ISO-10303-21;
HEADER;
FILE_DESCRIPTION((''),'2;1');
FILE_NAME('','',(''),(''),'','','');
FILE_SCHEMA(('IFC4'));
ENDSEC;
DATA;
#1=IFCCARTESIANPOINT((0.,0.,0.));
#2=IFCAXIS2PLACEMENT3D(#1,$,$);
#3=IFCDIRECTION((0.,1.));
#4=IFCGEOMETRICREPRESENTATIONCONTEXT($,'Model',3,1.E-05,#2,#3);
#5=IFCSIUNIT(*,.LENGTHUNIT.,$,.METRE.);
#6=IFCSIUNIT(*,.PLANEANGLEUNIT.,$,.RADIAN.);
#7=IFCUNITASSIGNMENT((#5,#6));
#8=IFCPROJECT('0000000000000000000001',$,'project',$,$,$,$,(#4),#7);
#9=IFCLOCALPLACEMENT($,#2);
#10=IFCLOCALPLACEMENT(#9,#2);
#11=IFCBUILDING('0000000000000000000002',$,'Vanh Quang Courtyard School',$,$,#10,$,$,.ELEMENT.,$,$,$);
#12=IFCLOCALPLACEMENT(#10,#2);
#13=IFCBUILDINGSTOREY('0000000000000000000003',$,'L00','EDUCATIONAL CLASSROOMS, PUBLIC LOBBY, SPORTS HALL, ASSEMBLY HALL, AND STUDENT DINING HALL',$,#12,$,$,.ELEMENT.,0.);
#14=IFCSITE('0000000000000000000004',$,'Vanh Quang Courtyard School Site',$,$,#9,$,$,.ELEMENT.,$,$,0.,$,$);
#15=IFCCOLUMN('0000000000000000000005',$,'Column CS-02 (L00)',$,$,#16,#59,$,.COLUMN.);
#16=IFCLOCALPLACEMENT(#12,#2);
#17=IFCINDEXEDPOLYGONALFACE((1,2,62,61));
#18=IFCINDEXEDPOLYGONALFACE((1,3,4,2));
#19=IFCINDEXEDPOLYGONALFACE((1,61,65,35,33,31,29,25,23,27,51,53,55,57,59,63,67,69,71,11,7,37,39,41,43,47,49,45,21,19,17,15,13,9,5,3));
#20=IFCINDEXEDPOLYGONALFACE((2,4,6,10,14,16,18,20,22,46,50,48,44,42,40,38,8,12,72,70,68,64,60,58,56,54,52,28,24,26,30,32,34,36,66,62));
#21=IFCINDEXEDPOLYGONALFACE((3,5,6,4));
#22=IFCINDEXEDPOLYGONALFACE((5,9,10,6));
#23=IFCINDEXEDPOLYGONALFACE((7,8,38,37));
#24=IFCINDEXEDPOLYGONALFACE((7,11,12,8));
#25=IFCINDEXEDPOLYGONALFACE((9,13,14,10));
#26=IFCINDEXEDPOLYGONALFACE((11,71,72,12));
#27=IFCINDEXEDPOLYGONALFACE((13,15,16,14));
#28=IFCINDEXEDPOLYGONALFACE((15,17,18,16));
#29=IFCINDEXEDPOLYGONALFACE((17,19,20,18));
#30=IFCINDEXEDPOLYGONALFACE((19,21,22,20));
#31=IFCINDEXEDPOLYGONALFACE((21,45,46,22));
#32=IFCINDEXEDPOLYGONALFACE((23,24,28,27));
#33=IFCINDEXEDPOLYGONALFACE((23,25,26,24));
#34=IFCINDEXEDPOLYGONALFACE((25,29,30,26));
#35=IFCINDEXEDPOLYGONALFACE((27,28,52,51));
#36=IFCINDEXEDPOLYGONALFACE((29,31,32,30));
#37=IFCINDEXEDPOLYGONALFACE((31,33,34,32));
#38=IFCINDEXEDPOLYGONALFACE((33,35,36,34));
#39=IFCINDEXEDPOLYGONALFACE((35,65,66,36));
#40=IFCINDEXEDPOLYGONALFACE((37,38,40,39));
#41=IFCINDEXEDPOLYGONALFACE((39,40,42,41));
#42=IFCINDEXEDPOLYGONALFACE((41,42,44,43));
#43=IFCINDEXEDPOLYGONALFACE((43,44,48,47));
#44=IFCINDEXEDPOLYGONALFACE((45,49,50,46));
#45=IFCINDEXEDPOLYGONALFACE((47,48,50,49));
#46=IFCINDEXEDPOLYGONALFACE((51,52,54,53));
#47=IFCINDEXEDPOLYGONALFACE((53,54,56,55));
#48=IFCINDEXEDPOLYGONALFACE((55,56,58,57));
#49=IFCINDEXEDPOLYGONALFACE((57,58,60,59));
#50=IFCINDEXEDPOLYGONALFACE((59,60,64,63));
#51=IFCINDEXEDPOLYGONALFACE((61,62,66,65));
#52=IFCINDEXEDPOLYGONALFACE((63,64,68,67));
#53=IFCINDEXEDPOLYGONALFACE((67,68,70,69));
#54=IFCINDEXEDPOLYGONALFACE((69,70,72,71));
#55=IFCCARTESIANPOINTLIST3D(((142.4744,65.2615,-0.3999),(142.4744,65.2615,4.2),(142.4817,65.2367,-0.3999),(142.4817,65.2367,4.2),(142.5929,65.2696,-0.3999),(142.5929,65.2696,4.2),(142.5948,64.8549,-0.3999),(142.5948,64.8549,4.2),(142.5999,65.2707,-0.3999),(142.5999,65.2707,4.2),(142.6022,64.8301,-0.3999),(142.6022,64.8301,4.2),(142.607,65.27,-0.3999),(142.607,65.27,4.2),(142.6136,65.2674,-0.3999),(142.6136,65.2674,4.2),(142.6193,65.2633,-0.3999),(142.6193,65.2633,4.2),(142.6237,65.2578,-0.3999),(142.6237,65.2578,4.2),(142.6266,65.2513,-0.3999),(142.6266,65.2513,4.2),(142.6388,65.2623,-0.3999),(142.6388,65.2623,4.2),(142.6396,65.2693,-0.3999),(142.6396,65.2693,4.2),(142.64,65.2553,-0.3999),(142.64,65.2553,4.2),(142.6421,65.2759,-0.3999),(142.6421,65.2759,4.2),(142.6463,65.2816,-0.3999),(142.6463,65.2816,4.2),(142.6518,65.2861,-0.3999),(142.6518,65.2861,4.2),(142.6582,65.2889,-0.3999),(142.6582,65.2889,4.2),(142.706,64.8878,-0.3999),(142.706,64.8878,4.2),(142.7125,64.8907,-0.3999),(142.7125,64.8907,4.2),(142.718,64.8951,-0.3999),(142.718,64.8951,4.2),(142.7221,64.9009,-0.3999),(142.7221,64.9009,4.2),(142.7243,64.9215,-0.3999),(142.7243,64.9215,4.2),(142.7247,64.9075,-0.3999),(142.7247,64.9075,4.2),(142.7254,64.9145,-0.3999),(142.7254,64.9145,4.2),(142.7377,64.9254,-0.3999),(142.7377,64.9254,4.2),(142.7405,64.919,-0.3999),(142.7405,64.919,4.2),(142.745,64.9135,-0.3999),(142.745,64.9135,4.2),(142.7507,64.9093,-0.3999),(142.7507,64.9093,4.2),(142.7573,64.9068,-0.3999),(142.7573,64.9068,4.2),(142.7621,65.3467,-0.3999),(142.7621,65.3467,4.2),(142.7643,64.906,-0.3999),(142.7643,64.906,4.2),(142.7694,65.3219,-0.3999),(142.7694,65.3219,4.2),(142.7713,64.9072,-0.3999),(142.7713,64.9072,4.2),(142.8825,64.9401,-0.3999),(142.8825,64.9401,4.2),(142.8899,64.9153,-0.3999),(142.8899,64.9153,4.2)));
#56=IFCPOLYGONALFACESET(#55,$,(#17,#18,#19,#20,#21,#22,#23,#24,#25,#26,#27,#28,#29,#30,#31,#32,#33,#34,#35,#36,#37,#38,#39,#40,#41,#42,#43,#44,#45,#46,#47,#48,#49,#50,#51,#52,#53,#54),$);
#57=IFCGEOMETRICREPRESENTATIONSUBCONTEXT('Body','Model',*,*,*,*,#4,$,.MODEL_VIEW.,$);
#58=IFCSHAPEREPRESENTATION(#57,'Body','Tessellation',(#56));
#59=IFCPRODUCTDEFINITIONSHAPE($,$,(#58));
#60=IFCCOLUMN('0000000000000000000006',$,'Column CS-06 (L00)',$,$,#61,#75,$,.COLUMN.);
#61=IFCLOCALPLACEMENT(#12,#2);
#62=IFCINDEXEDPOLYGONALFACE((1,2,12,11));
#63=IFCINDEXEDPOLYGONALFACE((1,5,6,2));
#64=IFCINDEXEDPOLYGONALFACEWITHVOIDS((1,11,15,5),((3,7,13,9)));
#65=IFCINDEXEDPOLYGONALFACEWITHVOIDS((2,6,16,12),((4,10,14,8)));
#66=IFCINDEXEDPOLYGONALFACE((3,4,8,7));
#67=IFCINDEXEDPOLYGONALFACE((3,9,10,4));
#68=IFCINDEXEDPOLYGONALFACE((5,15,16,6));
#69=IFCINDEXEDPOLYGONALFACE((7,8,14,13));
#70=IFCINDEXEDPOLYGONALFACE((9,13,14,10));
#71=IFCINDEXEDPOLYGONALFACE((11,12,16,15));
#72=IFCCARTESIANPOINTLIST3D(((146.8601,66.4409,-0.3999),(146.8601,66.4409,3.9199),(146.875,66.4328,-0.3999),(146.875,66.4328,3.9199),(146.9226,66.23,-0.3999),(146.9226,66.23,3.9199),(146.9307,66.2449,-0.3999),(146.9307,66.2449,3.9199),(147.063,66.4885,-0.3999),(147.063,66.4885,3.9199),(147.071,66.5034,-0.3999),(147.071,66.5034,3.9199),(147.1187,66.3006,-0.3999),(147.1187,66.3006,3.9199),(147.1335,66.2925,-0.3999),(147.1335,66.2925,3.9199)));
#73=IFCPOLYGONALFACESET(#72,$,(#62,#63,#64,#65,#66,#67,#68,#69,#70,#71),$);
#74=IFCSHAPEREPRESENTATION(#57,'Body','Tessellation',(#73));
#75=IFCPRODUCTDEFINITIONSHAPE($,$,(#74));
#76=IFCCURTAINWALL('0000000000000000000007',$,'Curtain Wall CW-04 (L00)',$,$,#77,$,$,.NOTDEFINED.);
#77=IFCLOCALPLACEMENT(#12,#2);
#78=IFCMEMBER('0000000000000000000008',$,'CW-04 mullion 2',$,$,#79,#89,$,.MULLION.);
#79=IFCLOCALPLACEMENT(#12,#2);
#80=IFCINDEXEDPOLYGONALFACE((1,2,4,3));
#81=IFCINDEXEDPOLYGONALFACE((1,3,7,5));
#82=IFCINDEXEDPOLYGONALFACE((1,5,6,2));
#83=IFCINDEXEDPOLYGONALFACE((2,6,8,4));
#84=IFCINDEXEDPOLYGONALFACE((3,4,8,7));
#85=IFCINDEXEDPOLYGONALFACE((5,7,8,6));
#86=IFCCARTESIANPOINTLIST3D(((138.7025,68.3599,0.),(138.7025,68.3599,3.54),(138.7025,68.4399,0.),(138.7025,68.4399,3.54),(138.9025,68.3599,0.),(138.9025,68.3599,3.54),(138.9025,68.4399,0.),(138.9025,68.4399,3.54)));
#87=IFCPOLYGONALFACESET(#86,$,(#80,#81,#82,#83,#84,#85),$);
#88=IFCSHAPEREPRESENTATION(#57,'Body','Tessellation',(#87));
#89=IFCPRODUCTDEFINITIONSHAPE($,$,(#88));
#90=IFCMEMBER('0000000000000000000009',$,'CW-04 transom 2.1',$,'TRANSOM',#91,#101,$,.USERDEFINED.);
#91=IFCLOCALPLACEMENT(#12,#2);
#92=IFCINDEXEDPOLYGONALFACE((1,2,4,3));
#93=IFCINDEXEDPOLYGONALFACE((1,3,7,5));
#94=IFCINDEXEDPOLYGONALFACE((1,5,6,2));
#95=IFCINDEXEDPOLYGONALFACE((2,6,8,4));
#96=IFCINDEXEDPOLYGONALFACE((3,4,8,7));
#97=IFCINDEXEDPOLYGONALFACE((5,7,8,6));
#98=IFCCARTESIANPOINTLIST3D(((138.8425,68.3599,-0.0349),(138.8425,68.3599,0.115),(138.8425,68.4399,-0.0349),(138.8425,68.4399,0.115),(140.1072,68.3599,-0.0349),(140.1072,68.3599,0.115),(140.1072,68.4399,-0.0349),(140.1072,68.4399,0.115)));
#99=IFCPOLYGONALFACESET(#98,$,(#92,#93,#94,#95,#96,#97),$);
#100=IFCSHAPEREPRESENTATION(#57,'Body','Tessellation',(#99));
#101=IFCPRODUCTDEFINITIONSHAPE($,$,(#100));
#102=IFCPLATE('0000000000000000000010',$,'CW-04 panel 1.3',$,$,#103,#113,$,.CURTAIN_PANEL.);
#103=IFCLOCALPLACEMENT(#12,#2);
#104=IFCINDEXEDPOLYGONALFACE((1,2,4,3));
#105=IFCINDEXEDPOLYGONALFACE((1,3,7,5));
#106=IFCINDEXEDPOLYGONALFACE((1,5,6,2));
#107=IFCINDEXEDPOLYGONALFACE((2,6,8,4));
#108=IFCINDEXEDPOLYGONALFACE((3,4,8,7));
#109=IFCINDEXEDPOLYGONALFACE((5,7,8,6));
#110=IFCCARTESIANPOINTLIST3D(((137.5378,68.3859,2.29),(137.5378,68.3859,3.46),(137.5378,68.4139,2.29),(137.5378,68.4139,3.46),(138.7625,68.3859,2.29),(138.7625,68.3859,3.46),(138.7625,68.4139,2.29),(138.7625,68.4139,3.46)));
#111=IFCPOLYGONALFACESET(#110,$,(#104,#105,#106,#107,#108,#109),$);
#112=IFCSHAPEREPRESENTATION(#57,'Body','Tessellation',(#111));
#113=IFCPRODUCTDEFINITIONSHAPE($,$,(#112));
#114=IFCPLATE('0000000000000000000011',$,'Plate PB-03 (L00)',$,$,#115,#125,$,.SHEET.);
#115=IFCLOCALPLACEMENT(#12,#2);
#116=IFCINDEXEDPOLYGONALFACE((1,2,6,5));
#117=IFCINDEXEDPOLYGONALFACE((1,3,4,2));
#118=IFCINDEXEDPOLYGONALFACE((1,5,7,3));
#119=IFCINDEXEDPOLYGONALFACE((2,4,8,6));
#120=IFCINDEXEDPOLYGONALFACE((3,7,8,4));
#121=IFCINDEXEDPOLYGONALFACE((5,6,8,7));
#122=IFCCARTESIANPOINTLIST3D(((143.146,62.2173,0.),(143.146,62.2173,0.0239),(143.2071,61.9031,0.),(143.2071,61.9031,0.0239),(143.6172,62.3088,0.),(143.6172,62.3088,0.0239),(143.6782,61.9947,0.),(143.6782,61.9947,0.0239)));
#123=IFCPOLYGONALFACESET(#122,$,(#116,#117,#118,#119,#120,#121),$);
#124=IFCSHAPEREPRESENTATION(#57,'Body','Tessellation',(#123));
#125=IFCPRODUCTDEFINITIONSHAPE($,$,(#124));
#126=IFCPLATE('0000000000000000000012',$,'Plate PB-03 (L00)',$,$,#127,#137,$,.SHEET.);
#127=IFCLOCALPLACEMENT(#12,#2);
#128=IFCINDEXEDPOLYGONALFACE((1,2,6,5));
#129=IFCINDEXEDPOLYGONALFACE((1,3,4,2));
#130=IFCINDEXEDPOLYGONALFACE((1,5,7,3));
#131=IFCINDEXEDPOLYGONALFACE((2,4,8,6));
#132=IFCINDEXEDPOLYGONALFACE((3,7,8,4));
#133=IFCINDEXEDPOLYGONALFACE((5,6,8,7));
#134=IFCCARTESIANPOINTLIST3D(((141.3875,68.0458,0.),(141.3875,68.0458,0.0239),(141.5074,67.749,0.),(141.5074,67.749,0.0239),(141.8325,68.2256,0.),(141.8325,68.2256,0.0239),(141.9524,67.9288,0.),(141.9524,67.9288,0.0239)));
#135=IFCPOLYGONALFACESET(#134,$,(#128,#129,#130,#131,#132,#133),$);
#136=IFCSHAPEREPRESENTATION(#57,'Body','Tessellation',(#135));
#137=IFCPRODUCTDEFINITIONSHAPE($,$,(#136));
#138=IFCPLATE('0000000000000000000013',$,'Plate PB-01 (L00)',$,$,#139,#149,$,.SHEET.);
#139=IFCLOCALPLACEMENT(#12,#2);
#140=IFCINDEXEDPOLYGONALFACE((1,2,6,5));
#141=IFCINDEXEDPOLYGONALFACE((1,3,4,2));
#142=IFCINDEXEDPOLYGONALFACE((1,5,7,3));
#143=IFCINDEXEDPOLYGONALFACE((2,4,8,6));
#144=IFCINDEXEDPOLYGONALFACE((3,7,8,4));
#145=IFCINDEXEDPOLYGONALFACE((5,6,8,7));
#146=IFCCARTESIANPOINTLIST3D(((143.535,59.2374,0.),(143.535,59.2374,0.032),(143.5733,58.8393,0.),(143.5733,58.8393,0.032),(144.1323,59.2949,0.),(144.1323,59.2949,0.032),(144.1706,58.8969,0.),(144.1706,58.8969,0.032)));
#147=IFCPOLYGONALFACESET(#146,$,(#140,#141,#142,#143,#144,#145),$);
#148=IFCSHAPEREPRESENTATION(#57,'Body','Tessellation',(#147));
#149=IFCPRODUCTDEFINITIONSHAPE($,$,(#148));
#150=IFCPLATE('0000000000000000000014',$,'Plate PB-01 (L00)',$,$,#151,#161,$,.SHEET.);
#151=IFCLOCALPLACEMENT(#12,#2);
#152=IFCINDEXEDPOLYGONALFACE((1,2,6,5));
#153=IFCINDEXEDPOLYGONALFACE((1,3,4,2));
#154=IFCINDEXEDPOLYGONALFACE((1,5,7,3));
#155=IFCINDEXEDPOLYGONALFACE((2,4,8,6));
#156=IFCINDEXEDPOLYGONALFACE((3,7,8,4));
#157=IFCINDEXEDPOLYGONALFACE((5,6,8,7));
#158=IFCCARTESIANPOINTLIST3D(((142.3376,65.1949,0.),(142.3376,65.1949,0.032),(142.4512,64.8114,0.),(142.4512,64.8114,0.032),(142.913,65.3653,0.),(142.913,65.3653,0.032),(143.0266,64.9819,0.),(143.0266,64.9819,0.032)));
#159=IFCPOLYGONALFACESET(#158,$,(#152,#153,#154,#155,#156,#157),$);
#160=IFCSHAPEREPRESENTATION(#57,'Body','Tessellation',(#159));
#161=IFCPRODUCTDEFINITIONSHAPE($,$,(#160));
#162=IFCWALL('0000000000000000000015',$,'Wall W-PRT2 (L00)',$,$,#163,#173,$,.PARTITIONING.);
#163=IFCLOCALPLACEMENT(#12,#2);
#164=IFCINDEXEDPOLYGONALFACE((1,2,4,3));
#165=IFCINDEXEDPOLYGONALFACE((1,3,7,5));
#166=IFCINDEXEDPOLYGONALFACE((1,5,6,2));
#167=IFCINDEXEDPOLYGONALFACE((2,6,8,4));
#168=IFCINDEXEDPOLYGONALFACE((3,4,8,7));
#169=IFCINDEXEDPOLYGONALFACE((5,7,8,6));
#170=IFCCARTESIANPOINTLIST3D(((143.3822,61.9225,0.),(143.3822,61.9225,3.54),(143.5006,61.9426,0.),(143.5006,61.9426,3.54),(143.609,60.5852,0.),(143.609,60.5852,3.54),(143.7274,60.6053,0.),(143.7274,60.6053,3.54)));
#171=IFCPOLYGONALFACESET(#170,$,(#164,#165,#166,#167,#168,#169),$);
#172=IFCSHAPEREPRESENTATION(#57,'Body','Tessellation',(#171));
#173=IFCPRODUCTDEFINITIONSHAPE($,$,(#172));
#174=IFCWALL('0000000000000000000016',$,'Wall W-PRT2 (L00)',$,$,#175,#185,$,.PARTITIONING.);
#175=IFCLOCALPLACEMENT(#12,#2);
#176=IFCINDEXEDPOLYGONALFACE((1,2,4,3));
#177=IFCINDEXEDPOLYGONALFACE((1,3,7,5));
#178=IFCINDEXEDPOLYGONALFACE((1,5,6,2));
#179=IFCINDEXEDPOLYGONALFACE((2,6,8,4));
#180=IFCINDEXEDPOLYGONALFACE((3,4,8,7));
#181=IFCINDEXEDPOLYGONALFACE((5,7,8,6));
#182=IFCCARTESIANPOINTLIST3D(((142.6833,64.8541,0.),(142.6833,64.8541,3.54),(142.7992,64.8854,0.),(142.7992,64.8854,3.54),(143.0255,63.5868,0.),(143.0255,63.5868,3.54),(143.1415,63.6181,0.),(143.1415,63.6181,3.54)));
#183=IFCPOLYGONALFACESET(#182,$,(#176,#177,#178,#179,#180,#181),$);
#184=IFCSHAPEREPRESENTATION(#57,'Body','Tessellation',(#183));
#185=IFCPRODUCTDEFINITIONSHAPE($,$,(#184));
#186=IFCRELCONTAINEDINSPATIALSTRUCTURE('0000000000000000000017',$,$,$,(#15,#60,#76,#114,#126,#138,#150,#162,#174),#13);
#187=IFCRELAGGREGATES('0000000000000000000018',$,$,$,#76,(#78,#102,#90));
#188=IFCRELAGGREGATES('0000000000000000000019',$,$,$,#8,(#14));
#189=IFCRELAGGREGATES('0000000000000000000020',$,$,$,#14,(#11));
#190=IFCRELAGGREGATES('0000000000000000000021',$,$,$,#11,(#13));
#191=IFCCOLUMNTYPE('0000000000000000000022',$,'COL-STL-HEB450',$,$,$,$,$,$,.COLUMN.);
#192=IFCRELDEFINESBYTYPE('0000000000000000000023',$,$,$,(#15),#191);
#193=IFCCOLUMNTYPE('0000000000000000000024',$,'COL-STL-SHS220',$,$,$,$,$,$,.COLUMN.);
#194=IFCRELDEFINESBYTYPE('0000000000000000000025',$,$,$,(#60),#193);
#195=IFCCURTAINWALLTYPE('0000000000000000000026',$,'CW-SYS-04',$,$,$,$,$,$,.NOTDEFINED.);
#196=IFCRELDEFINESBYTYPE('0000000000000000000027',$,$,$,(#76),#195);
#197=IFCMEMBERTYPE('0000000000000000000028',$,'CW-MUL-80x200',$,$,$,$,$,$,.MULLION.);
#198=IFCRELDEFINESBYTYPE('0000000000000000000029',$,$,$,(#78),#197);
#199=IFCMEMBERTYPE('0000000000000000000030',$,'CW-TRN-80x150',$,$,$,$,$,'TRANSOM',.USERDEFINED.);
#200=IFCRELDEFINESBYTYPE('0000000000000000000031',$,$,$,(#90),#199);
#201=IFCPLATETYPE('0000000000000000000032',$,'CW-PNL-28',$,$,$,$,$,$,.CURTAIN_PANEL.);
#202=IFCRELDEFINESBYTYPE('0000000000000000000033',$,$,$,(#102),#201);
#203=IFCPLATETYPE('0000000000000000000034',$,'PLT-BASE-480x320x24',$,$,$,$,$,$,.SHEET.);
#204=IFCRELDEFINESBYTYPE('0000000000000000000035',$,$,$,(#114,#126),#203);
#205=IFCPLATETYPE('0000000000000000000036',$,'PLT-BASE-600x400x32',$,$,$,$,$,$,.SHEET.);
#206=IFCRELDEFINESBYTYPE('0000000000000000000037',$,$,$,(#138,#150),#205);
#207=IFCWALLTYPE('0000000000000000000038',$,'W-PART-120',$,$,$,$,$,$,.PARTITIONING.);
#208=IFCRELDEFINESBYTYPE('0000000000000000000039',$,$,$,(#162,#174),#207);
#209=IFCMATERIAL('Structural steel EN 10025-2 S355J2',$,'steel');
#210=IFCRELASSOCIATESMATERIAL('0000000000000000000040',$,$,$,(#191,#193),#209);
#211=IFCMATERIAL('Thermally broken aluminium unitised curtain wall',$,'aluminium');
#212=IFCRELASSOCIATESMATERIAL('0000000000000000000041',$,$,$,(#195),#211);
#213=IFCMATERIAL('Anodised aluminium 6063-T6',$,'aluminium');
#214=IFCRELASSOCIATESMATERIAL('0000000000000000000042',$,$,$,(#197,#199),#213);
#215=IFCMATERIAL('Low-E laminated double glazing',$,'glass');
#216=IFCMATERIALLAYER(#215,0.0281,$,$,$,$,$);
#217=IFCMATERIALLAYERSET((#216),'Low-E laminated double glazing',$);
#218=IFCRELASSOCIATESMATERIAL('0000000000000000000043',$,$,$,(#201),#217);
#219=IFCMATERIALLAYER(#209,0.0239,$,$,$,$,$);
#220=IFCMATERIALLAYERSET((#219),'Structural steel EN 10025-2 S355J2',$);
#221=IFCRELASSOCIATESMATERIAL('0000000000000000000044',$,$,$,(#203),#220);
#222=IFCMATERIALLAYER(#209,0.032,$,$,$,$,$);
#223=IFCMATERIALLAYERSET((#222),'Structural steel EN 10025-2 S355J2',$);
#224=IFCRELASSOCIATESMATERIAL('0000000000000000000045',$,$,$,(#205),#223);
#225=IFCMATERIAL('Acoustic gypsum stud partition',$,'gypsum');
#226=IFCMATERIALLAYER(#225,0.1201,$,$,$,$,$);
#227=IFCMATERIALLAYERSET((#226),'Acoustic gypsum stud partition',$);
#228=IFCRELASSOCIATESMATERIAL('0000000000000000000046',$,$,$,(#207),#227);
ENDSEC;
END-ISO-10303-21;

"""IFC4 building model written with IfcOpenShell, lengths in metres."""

from ifc_helpers import new_model, si_unit, direction, frame, frame_2d, origin, origin_2d, place, context, subcontext, project, spatial, rectangle, hollow_rectangle, i_section, extrude, material, layer, layer_set, material_profile, profile_set, type_object, element, aggregate, save


model = new_model("IFC4")

# Units and contexts
model_context = context("Model", 3, precision=1e-05, world=origin(), true_north=direction((0.0, 1.0)))
body_context = subcontext(model_context, "Body", "Model", "MODEL_VIEW")
ifc_project = project(units=[si_unit("LENGTHUNIT", "METRE"), si_unit("PLANEANGLEUNIT", "RADIAN")], contexts=[model_context])

# Site, building, storey
site_placement = place(None, origin())
site = spatial("IfcSite", under=ifc_project, at=site_placement, Name="Vanh Quang Courtyard School Site", CompositionType="ELEMENT", RefElevation=0.0)
building_placement = place(site_placement, origin())
building = spatial("IfcBuilding", under=site, at=building_placement, Name="Vanh Quang Courtyard School", CompositionType="ELEMENT")
storey_placement = place(building_placement, origin())
storey = spatial("IfcBuildingStorey", under=building, at=storey_placement, Name="L00", Description="EDUCATIONAL CLASSROOMS, PUBLIC LOBBY, SPORTS HALL, ASSEMBLY HALL, AND STUDENT DINING HALL", CompositionType="ELEMENT", Elevation=0.0)

# Columns
ifc_material_1 = material(Name="Structural steel EN 10025-2 S355J2", Category="steel")
ifc_material_profile_1 = material_profile(ifc_material_1, i_section(OverallWidth=0.3, OverallDepth=0.45, WebThickness=0.0139, FlangeThickness=0.0259, FilletRadius=0.0271, at=origin_2d()), Name="HEB 450")
ifc_profile_set_1 = profile_set([ifc_material_profile_1], Name="Structural steel EN 10025-2 S355J2")
column_type_1 = type_object("IfcColumnType", Name="COL-STL-HEB450", PredefinedType="COLUMN", material=ifc_profile_set_1)
for number, where, z_axis, x_axis, name in (
    (1, (142.6821, 65.0884, -0.3999), (0.0, 0.0, 1.0), (0.95882, 0.284015, 0.0), "Column CS-02 (L00)"),
):
    element("IfcColumn", number, at=place(storey_placement, frame(where, z_axis=z_axis, x_axis=x_axis)), inside=storey, type_object=column_type_1, Name=name, PredefinedType="COLUMN", context=body_context, shape_type="SweptSolid", body=[
        extrude(i_section(OverallWidth=0.3, OverallDepth=0.45, WebThickness=0.0139, FlangeThickness=0.0259, FilletRadius=0.0271, at=origin_2d()), origin(), (0.0, 0.0, 1.0), 4.5999),
    ])
ifc_material_profile_2 = material_profile(ifc_material_1, hollow_rectangle(XDim=0.22, YDim=0.22, WallThickness=0.012, at=origin_2d()), Name="SHS 220x220x12")
ifc_profile_set_2 = profile_set([ifc_material_profile_2], Name="Structural steel EN 10025-2 S355J2")
column_type_2 = type_object("IfcColumnType", Name="COL-STL-SHS220", PredefinedType="COLUMN", material=ifc_profile_set_2)
column_placement = place(storey_placement, frame((146.9968, 66.3667, -0.3999), z_axis=(0.0, 0.0, 1.0), x_axis=(0.95882, 0.284015, 0.0)))
element("IfcColumn", 2, at=column_placement, inside=storey, type_object=column_type_2, Name="Column CS-06 (L00)", PredefinedType="COLUMN", context=body_context, shape_type="SweptSolid", body=[
    extrude(hollow_rectangle(XDim=0.22, YDim=0.22, WallThickness=0.012, at=origin_2d()), origin(), (0.0, 0.0, 1.0), 4.3198),
])

# Curtain wall, members, plate
ifc_material_2 = material(Name="Thermally broken aluminium unitised curtain wall", Category="aluminium")
curtain_wall_type = type_object("IfcCurtainWallType", Name="CW-SYS-04", PredefinedType="NOTDEFINED", material=ifc_material_2)
curtain_wall_placement = place(storey_placement, origin())
curtain_wall = element("IfcCurtainWall", 3, at=curtain_wall_placement, inside=storey, type_object=curtain_wall_type, Name="Curtain Wall CW-04 (L00)", PredefinedType="NOTDEFINED")
ifc_material_3 = material(Name="Anodised aluminium 6063-T6", Category="aluminium")
ifc_material_profile_3 = material_profile(ifc_material_3, rectangle(XDim=0.0801, YDim=0.2, at=origin_2d()), Name="ALU-MUL 80x200")
ifc_profile_set_3 = profile_set([ifc_material_profile_3], Name="Anodised aluminium 6063-T6")
member_type_1 = type_object("IfcMemberType", Name="CW-MUL-80x200", PredefinedType="MULLION", material=ifc_profile_set_3)
member_1_placement = place(storey_placement, frame((138.8025, 68.3999, 0.0), z_axis=(0.0, 0.0, 1.0), x_axis=(0.0, 1.0, 0.0)))
member_1 = element("IfcMember", 4, at=member_1_placement, type_object=member_type_1, Name="CW-04 mullion 2", PredefinedType="MULLION", context=body_context, shape_type="SweptSolid", body=[
    extrude(rectangle(XDim=0.0801, YDim=0.2, at=origin_2d()), origin(), (0.0, 0.0, 1.0), 3.54),
])
ifc_material_profile_4 = material_profile(ifc_material_3, rectangle(XDim=0.0801, YDim=0.1499, at=origin_2d()), Name="ALU-TRN 80x150")
ifc_profile_set_4 = profile_set([ifc_material_profile_4], Name="Anodised aluminium 6063-T6")
member_type_2 = type_object("IfcMemberType", Name="CW-TRN-80x150", ElementType="TRANSOM", PredefinedType="USERDEFINED", material=ifc_profile_set_4)
member_2_placement = place(storey_placement, frame((138.8425, 68.3999, 0.04), z_axis=(1.0, 0.0, 0.0), x_axis=(0.0, 1.0, 0.0)))
member_2 = element("IfcMember", 5, at=member_2_placement, type_object=member_type_2, Name="CW-04 transom 2.1", ObjectType="TRANSOM", PredefinedType="USERDEFINED", context=body_context, shape_type="SweptSolid", body=[
    extrude(rectangle(XDim=0.0801, YDim=0.1499, at=origin_2d()), origin(), (0.0, 0.0, 1.0), 1.2646),
])
ifc_material_4 = material(Name="Low-E laminated double glazing", Category="glass")
ifc_layer_1 = layer(ifc_material_4, 0.0281)
ifc_layer_set_1 = layer_set([ifc_layer_1], Name="Low-E laminated double glazing")
plate_type_1 = type_object("IfcPlateType", Name="CW-PNL-28", PredefinedType="CURTAIN_PANEL", material=ifc_layer_set_1)
plate_placement = place(storey_placement, frame((138.1501, 68.3999, 2.29), z_axis=(0.0, 0.0, 1.0), x_axis=(1.0, 0.0, 0.0)))
plate = element("IfcPlate", 6, at=plate_placement, type_object=plate_type_1, Name="CW-04 panel 1.3", PredefinedType="CURTAIN_PANEL", context=body_context, shape_type="SweptSolid", body=[
    extrude(rectangle(XDim=1.2246, YDim=0.0281, at=origin_2d()), origin(), (0.0, 0.0, 1.0), 1.1699),
])
aggregate(curtain_wall, [member_1, plate, member_2])

# Plates
ifc_layer_2 = layer(ifc_material_1, 0.0239)
ifc_layer_set_2 = layer_set([ifc_layer_2], Name="Structural steel EN 10025-2 S355J2")
plate_type_2 = type_object("IfcPlateType", Name="PLT-BASE-480x320x24", PredefinedType="SHEET", material=ifc_layer_set_2)
for number, where, z_axis, x_axis, name in (
    (7, (143.4121, 62.106, 0.0), (0.0, 0.0, 1.0), (0.981627, 0.190809, 0.0), "Plate PB-03 (L00)"),
    (8, (141.6699, 67.9873, 0.0), (0.0, 0.0, 1.0), (0.927184, 0.374607, 0.0), "Plate PB-03 (L00)"),
):
    element("IfcPlate", number, at=place(storey_placement, frame(where, z_axis=z_axis, x_axis=x_axis)), inside=storey, type_object=plate_type_2, Name=name, PredefinedType="SHEET", context=body_context, shape_type="SweptSolid", body=[
        extrude(rectangle(XDim=0.48, YDim=0.3201, at=origin_2d()), origin(), (0.0, 0.0, 1.0), 0.0239),
    ])
ifc_layer_3 = layer(ifc_material_1, 0.032)
ifc_layer_set_3 = layer_set([ifc_layer_3], Name="Structural steel EN 10025-2 S355J2")
plate_type_3 = type_object("IfcPlateType", Name="PLT-BASE-600x400x32", PredefinedType="SHEET", material=ifc_layer_set_3)
for number, where, z_axis, x_axis, name in (
    (9, (143.8528, 59.0671, 0.0), (0.0, 0.0, 1.0), (0.995396, 0.095846, 0.0), "Plate PB-01 (L00)"),
    (10, (142.6821, 65.0884, 0.0), (0.0, 0.0, 1.0), (0.95882, 0.284015, 0.0), "Plate PB-01 (L00)"),
):
    element("IfcPlate", number, at=place(storey_placement, frame(where, z_axis=z_axis, x_axis=x_axis)), inside=storey, type_object=plate_type_3, Name=name, PredefinedType="SHEET", context=body_context, shape_type="SweptSolid", body=[
        extrude(rectangle(XDim=0.6001, YDim=0.3999, at=origin_2d()), origin(), (0.0, 0.0, 1.0), 0.032),
    ])

# Walls
ifc_material_5 = material(Name="Acoustic gypsum stud partition", Category="gypsum")
ifc_layer_4 = layer(ifc_material_5, 0.1201)
ifc_layer_set_4 = layer_set([ifc_layer_4], Name="Acoustic gypsum stud partition")
wall_type_1 = type_object("IfcWallType", Name="W-PART-120", PredefinedType="PARTITIONING", material=ifc_layer_set_4)
wall_1_placement = place(storey_placement, frame((143.6682, 60.5952, 0.0), z_axis=(0.0, 0.0, 1.0), x_axis=(-0.1672, 0.985923, 0.0)))
element("IfcWall", 11, at=wall_1_placement, inside=storey, type_object=wall_type_1, Name="Wall W-PRT2 (L00)", PredefinedType="PARTITIONING", context=body_context, shape_type="SweptSolid", body=[
    extrude(rectangle(XDim=1.3564, YDim=0.1201, at=frame_2d((0.6782, 0.0))), origin(), (0.0, 0.0, 1.0), 3.54),
])
wall_2_placement = place(storey_placement, frame((143.0835, 63.6025, 0.0), z_axis=(0.0, 0.0, 1.0), x_axis=(-0.26074, 0.965409, 0.0)))
element("IfcWall", 12, at=wall_2_placement, inside=storey, type_object=wall_type_1, Name="Wall W-PRT2 (L00)", PredefinedType="PARTITIONING", context=body_context, shape_type="SweptSolid", body=[
    extrude(rectangle(XDim=1.3127, YDim=0.1201, at=frame_2d((0.6562, 0.0))), origin(), (0.0, 0.0, 1.0), 3.54),
])

save(model, "model.ifc")
